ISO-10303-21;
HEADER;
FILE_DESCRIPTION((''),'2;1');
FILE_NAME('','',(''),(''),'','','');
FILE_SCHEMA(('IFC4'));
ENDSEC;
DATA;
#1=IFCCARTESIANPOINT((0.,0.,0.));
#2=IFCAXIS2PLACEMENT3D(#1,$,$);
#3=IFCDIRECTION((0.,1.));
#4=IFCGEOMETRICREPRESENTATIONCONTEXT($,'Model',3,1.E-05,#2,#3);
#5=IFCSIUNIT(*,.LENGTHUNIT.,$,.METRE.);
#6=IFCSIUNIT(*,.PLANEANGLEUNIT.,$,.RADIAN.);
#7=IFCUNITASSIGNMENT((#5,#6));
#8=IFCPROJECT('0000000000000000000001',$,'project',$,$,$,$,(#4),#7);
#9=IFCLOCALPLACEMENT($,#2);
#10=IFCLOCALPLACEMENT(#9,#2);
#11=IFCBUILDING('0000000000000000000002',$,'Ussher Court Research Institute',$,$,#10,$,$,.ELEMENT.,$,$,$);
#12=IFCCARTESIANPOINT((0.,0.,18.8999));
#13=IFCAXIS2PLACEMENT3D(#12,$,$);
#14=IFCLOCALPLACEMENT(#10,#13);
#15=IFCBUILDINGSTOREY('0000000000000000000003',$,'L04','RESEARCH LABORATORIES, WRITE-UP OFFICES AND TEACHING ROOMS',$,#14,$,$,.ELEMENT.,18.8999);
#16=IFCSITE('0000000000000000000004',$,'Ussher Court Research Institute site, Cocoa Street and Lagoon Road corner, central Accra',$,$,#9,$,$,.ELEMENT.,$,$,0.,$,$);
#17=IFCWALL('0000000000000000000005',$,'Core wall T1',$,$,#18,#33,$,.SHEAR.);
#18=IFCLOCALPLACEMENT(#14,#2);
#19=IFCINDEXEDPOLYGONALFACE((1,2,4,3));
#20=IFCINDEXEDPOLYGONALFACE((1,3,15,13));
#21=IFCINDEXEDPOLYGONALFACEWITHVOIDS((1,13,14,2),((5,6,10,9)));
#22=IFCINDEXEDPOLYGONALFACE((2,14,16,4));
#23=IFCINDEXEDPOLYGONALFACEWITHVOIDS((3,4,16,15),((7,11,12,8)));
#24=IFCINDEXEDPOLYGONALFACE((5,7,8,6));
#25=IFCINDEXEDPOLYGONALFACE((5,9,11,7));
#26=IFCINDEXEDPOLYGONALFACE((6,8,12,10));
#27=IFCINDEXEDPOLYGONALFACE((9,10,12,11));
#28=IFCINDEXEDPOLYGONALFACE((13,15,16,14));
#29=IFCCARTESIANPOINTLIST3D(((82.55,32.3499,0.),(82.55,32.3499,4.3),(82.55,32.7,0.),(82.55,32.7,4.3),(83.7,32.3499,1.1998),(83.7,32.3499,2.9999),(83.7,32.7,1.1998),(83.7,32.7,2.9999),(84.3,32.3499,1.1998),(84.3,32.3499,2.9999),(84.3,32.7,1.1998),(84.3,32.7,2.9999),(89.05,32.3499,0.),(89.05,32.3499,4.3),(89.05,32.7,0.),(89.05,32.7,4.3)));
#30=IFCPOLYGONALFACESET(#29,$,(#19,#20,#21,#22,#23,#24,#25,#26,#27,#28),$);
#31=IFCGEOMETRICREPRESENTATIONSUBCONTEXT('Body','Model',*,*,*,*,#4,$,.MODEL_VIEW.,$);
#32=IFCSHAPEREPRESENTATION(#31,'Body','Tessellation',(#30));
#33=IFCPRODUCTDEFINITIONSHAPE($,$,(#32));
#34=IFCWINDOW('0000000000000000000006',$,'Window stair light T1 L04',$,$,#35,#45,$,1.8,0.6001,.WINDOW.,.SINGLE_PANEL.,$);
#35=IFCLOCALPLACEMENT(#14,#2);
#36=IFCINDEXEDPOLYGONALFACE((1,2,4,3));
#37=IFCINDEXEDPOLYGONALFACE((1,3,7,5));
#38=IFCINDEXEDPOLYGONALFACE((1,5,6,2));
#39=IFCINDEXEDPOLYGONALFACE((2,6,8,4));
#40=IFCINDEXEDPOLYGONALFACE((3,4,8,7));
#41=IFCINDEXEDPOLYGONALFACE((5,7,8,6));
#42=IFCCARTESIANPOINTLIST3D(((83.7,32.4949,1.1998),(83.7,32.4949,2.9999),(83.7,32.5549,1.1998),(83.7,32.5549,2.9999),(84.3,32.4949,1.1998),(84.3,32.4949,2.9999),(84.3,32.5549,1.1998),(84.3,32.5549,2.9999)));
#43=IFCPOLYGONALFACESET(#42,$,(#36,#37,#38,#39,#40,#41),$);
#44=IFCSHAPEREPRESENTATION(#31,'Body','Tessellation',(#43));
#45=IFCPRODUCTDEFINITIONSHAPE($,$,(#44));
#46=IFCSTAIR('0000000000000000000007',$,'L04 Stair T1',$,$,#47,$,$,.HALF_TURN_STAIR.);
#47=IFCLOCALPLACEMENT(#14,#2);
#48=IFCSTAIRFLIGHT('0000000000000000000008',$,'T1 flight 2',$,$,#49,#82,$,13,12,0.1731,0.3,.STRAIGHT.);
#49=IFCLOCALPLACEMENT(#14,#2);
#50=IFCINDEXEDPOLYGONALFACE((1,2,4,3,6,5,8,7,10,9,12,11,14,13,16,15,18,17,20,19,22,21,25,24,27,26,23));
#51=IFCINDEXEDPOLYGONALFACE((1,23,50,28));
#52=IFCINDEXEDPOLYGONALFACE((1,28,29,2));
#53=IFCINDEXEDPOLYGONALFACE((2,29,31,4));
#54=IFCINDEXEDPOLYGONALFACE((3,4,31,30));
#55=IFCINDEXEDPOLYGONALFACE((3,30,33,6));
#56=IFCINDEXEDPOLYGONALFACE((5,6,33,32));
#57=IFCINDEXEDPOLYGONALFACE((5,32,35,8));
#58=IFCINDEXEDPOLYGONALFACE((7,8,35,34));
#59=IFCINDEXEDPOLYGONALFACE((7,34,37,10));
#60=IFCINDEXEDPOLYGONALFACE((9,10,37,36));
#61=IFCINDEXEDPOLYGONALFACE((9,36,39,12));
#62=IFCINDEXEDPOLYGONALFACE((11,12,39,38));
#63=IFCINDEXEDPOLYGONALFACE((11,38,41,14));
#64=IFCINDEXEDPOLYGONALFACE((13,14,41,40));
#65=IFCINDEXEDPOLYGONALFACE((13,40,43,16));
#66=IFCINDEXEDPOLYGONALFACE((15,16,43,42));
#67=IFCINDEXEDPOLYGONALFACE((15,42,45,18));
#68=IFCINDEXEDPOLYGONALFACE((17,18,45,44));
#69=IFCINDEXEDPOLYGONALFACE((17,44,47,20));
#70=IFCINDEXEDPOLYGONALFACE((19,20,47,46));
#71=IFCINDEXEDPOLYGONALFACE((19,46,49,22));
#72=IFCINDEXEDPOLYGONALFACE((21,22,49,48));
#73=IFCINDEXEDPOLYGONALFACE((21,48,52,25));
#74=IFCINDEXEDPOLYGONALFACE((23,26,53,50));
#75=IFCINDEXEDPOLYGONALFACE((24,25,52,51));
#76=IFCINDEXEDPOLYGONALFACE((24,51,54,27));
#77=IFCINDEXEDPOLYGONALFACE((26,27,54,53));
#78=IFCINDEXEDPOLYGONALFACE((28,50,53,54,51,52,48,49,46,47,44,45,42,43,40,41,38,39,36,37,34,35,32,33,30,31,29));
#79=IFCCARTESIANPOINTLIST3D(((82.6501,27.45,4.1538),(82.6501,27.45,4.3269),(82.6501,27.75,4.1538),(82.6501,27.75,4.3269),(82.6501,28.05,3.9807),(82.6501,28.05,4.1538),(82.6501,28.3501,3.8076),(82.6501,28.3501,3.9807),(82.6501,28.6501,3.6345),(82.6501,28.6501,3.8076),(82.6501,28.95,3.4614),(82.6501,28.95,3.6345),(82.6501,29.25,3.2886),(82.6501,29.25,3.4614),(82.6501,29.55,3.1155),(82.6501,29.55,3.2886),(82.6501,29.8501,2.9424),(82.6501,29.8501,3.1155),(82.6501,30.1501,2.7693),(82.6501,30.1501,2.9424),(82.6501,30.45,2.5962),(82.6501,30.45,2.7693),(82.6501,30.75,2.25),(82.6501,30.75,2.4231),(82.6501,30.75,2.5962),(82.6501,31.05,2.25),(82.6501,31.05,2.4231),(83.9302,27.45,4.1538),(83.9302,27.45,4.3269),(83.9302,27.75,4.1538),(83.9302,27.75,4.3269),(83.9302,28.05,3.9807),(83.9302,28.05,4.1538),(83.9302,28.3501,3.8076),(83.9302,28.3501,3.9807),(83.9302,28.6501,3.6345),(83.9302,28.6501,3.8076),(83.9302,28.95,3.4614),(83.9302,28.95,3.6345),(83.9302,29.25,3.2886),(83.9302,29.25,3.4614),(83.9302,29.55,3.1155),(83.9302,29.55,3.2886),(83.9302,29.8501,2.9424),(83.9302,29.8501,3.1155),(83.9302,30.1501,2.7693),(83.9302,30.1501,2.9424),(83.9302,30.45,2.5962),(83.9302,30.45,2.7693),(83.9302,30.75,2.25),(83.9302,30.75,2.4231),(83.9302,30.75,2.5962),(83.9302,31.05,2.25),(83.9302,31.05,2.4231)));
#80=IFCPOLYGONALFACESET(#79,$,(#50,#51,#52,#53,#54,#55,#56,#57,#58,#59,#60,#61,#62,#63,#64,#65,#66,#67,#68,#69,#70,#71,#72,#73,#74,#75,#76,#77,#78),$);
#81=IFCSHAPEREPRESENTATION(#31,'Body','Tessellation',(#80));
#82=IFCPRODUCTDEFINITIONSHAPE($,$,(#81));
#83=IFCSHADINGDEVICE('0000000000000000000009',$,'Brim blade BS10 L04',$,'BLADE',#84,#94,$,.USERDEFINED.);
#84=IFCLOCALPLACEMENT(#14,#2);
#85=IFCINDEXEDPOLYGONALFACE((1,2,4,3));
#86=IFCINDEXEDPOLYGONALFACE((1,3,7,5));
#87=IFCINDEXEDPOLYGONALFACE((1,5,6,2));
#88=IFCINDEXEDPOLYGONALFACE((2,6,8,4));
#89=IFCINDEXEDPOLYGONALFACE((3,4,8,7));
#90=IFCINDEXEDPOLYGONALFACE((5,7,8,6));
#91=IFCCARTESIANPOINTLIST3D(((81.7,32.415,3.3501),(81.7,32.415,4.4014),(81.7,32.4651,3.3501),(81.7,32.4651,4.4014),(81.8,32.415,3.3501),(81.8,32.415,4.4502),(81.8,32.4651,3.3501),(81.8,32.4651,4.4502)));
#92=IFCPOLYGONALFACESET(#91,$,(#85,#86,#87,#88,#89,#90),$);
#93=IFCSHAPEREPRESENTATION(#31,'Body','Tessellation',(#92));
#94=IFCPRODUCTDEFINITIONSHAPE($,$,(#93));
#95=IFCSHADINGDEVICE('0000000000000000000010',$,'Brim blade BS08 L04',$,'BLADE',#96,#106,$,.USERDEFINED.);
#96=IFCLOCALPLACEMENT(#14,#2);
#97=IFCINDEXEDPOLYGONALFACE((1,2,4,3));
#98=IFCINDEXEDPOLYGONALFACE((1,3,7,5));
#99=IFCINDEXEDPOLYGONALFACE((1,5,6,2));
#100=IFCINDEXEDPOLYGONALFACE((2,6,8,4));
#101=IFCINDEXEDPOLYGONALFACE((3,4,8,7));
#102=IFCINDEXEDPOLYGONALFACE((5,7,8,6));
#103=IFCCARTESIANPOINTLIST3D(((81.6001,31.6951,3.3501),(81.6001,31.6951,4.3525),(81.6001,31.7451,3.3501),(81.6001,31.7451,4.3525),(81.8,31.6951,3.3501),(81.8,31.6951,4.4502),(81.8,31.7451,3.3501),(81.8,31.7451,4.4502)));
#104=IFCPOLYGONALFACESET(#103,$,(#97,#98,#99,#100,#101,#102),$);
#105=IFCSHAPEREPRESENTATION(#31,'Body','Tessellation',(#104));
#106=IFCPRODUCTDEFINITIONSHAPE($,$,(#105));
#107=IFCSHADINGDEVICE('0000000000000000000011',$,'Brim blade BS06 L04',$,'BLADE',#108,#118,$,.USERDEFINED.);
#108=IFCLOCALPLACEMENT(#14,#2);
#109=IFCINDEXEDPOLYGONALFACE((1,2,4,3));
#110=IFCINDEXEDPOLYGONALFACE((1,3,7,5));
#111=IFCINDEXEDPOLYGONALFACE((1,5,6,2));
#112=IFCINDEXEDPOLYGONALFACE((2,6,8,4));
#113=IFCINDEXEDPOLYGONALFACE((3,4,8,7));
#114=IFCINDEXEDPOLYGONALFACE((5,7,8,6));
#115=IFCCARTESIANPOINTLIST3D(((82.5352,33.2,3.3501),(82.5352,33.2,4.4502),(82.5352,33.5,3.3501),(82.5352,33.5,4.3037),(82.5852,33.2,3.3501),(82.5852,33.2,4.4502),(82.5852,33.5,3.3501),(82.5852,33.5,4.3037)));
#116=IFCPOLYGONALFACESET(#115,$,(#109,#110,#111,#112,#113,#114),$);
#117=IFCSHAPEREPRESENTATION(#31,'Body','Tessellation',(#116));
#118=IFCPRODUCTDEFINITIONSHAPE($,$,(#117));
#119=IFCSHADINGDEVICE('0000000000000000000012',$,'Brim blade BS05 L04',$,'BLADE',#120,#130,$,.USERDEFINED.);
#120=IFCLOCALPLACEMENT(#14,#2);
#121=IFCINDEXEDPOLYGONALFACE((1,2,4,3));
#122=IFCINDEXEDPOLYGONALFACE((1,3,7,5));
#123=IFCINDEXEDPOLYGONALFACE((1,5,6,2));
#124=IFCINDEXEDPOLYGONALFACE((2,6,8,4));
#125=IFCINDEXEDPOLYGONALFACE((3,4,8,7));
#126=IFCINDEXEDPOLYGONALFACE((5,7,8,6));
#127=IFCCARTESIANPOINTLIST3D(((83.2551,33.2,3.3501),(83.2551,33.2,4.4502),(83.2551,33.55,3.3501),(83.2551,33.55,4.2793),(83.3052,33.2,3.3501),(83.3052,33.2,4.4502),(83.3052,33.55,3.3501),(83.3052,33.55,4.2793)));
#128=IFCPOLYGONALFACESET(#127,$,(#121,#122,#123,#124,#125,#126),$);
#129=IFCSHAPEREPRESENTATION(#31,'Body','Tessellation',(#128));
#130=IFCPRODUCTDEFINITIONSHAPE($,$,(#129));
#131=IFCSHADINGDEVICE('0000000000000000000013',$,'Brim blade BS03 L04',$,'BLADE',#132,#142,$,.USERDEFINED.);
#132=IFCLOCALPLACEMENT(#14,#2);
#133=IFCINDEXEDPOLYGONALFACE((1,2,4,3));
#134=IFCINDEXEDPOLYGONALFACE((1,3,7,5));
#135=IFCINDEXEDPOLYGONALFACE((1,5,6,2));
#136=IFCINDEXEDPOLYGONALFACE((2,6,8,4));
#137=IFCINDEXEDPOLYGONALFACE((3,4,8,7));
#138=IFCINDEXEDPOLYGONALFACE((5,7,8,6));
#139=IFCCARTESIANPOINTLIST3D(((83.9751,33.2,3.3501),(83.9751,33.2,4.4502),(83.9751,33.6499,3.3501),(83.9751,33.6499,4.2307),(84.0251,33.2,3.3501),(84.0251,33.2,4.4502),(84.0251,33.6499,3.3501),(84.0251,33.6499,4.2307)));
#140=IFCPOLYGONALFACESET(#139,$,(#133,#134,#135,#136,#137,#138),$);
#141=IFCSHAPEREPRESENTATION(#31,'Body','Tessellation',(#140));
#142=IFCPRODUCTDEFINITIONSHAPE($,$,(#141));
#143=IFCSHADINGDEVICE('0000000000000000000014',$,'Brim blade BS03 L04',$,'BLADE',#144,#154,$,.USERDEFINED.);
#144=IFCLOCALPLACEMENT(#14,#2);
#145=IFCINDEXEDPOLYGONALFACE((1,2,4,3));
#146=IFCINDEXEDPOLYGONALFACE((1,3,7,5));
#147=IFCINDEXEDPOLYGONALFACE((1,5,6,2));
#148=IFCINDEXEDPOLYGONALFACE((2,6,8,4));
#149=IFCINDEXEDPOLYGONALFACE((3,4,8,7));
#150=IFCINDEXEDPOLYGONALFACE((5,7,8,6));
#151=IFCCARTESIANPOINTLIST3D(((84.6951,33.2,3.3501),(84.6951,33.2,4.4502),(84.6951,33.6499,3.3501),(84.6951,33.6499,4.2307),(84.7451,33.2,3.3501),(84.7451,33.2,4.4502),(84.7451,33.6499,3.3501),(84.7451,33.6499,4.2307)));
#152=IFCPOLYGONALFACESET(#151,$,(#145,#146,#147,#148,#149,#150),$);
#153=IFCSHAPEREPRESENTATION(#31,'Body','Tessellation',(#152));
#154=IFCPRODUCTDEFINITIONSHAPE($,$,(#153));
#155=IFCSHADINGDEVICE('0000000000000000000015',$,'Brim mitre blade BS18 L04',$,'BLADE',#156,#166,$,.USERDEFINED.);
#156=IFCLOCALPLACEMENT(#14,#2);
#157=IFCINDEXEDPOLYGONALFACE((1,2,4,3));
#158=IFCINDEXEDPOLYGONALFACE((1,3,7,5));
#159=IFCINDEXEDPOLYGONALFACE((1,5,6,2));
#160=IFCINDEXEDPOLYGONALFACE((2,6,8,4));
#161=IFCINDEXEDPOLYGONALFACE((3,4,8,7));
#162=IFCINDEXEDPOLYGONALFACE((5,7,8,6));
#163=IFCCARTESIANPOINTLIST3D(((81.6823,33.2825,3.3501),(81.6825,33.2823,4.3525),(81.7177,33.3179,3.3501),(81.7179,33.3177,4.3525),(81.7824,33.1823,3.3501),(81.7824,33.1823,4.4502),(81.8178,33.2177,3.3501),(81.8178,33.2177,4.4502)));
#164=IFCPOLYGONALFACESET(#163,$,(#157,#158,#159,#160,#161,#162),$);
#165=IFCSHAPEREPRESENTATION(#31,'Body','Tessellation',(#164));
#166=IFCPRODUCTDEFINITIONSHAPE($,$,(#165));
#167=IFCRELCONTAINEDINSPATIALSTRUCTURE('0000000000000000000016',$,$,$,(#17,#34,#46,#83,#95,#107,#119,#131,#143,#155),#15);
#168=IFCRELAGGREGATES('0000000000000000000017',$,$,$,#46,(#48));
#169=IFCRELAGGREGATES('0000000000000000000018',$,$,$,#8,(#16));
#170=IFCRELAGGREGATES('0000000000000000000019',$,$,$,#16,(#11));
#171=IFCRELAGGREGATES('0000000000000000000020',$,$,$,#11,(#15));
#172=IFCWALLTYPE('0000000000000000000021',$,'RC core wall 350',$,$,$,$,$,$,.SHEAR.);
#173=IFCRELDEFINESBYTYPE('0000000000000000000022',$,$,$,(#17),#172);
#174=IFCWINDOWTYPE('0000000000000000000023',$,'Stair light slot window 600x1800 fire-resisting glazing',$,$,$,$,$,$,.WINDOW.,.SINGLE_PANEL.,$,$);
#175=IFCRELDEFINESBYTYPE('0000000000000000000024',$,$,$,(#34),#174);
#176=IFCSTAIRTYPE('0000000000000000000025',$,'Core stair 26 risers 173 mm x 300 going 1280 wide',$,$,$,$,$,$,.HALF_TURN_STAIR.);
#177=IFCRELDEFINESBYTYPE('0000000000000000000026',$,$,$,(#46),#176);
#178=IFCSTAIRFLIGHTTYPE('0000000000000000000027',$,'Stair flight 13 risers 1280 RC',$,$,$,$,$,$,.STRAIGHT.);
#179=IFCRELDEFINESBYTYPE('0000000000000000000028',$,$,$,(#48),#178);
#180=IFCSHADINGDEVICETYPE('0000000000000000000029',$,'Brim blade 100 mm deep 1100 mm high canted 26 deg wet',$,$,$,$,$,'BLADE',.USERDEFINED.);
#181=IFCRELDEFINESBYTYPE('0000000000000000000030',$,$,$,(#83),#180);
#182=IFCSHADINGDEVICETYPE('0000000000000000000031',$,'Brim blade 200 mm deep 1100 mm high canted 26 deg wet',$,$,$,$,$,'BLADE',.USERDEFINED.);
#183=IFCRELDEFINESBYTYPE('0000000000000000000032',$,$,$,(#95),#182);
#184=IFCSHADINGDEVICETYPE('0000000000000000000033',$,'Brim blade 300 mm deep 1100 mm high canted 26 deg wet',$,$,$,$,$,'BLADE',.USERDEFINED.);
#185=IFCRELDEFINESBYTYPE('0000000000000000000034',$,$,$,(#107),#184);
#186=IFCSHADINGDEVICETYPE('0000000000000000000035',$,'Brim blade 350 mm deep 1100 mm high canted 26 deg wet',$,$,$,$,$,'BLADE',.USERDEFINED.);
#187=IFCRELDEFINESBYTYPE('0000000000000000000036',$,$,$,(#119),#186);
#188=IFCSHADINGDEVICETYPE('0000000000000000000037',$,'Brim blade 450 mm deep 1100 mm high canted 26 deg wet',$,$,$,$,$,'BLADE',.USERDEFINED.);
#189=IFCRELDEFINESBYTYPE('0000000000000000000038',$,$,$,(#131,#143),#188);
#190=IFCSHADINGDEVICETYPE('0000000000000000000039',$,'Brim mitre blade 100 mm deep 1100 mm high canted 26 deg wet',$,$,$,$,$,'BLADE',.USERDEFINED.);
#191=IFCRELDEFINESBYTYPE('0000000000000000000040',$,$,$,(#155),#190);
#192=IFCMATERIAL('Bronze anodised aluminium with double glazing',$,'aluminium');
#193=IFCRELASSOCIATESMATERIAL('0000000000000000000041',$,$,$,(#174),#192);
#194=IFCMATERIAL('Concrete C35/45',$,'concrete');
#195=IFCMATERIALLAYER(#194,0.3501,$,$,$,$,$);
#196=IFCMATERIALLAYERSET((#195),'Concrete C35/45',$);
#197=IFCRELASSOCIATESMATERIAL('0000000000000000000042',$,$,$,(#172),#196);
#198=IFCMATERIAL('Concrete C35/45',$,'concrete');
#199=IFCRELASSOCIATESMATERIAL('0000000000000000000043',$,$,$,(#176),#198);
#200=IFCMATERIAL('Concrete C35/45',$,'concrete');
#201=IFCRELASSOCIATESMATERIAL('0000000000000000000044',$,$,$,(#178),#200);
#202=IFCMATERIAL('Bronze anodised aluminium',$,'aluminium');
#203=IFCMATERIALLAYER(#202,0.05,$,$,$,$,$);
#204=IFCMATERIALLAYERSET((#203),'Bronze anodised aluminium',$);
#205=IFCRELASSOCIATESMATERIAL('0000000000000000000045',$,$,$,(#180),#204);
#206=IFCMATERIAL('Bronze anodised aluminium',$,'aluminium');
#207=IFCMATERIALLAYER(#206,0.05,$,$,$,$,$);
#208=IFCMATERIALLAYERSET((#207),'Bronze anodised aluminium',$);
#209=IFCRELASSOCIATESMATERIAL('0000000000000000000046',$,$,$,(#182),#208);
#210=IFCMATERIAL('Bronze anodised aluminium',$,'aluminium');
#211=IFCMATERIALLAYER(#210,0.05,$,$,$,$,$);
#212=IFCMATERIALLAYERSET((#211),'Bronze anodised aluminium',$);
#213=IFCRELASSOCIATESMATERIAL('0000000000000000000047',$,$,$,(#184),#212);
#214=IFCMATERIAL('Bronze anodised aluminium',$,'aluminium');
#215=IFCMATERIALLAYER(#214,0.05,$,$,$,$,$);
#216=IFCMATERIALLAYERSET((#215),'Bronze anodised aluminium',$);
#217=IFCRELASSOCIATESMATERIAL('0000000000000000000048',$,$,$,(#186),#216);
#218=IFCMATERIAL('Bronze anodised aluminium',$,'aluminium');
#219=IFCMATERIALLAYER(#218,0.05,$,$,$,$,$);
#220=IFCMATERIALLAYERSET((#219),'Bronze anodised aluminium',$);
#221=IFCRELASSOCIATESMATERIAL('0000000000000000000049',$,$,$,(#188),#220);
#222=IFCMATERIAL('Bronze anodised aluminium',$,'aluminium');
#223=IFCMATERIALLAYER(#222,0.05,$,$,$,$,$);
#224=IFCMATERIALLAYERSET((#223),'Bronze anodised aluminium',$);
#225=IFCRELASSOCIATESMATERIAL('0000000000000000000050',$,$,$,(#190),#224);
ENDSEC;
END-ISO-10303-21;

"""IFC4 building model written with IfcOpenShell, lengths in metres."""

from ifc_helpers import new_model, si_unit, direction, frame, frame_2d, origin, place, context, subcontext, project, spatial, polyline, rectangle, outline, extrude, material, layer, layer_set, type_object, element, fill, aggregate, save


model = new_model("IFC4")

# Units and contexts
model_context = context("Model", 3, precision=1e-05, world=origin(), true_north=direction((0.0, 1.0)))
body_context = subcontext(model_context, "Body", "Model", "MODEL_VIEW")
ifc_project = project(units=[si_unit("LENGTHUNIT", "METRE"), si_unit("PLANEANGLEUNIT", "RADIAN")], contexts=[model_context])

# Site, building, storey
site_placement = place(None, origin())
site = spatial("IfcSite", under=ifc_project, at=site_placement, Name="Ussher Court Research Institute site, Cocoa Street and Lagoon Road corner, central Accra", CompositionType="ELEMENT", RefElevation=0.0)
building_placement = place(site_placement, origin())
building = spatial("IfcBuilding", under=site, at=building_placement, Name="Ussher Court Research Institute", CompositionType="ELEMENT")
storey_placement = place(building_placement, frame((0.0, 0.0, 18.8999)))
storey = spatial("IfcBuildingStorey", under=building, at=storey_placement, Name="L04", Description="RESEARCH LABORATORIES, WRITE-UP OFFICES AND TEACHING ROOMS", CompositionType="ELEMENT", Elevation=18.8999)

# Wall, opening, window
ifc_material_1 = material(Name="Bronze anodised aluminium with double glazing", Category="aluminium")
window_type = type_object("IfcWindowType", Name="Stair light slot window 600x1800 fire-resisting glazing", PartitioningType="SINGLE_PANEL", PredefinedType="WINDOW", material=ifc_material_1)
ifc_material_2 = material(Name="Concrete C35/45", Category="concrete")
ifc_layer_1 = layer(ifc_material_2, 0.3501)
ifc_layer_set_1 = layer_set([ifc_layer_1], Name="Concrete C35/45")
wall_type_1 = type_object("IfcWallType", Name="RC core wall 350", PredefinedType="SHEAR", material=ifc_layer_set_1)
wall_1_placement = place(storey_placement, frame((82.55, 32.5249, 0.0), z_axis=(0.0, 0.0, 1.0), x_axis=(1.0, 0.0, 0.0)))
wall_1 = element("IfcWall", 1, at=wall_1_placement, inside=storey, type_object=wall_type_1, Name="Core wall T1", PredefinedType="SHEAR", context=body_context, shape_type="SweptSolid", body=[
    extrude(rectangle(XDim=6.5, YDim=0.3501, at=frame_2d((3.25, 0.0))), origin(), (0.0, 0.0, 1.0), 4.3),
])
opening_1_placement = place(wall_1_placement, frame((1.1499, 0.0, 1.2)))
opening_1 = element("IfcOpeningElement", 2, at=opening_1_placement, cuts=wall_1, PredefinedType="OPENING", context=body_context, shape_type="SweptSolid", body=[
    extrude(rectangle(XDim=0.6001, YDim=1.8, at=frame_2d((0.3, 0.8999))), frame((0.0, 0.1851, 0.0), z_axis=(0.0, -1.0, 0.0), x_axis=(1.0, 0.0, 0.0)), (0.0, 0.0, 1.0), 0.3701),
])
window_1_placement = place(opening_1_placement, origin())
window_1 = element("IfcWindow", 3, at=window_1_placement, inside=storey, type_object=window_type, Name="Window stair light T1 L04", OverallHeight=1.8, OverallWidth=0.6001, PartitioningType="SINGLE_PANEL", PredefinedType="WINDOW", context=body_context, shape_type="SweptSolid", body=[
    extrude(rectangle(XDim=0.6001, YDim=1.8, at=frame_2d((0.3, 0.8999))), frame((0.0, 0.03, 0.0), z_axis=(0.0, -1.0, 0.0), x_axis=(1.0, 0.0, 0.0)), (0.0, 0.0, 1.0), 0.0601),
])
fill(opening_1, window_1)

# Stair, stair flight
ifc_material_3 = material(Name="Concrete C35/45", Category="concrete")
stair_type = type_object("IfcStairType", Name="Core stair 26 risers 173 mm x 300 going 1280 wide", PredefinedType="HALF_TURN_STAIR", material=ifc_material_3)
stair_placement = place(storey_placement, origin())
stair = element("IfcStair", 4, at=stair_placement, inside=storey, type_object=stair_type, Name="L04 Stair T1", PredefinedType="HALF_TURN_STAIR")
ifc_material_4 = material(Name="Concrete C35/45", Category="concrete")
stair_flight_type = type_object("IfcStairFlightType", Name="Stair flight 13 risers 1280 RC", PredefinedType="STRAIGHT", material=ifc_material_4)
stair_flight_placement = place(storey_placement, frame((83.29, 31.05, 2.25), z_axis=(0.0, 0.0, 1.0), x_axis=(0.0, -1.0, 0.0)))
stair_flight = element("IfcStairFlight", 5, at=stair_flight_placement, type_object=stair_flight_type, Name="T1 flight 2", NumberOfRisers=13, NumberOfTreads=12, PredefinedType="STRAIGHT", RiserHeight=0.1731, TreadLength=0.3, context=body_context, shape_type="SweptSolid", body=[
    extrude(outline(polyline([(0.0, 0.0), (0.0, 0.1731), (0.3, 0.1731), (0.3, 0.3462), (0.6001, 0.3462), (0.6001, 0.5193), (0.8999, 0.5193), (0.8999, 0.6924), (1.2, 0.6924), (1.2, 0.8655), (1.5, 0.8655), (1.5, 1.0386), (1.8, 1.0386), (1.8, 1.2114), (2.1001, 1.2114), (2.1001, 1.3845), (2.3999, 1.3845), (2.3999, 1.5576), (2.7, 1.5576), (2.7, 1.7307), (3.0, 1.7307), (3.0, 1.9038), (3.3, 1.9038), (3.3, 2.0769), (3.6001, 2.0769), (3.6001, 2.25), (3.6001, 1.9038), (0.3, 0.0), (0.0, 0.0)])), frame((0.0, 0.6401, 0.0), z_axis=(0.0, -1.0, 0.0), x_axis=(1.0, 0.0, 0.0)), (0.0, 0.0, 1.0), 1.28),
])
aggregate(stair, [stair_flight])

# Shading devices
ifc_material_5 = material(Name="Bronze anodised aluminium", Category="aluminium")
ifc_layer_2 = layer(ifc_material_5, 0.05)
ifc_layer_set_2 = layer_set([ifc_layer_2], Name="Bronze anodised aluminium")
shading_device_type_1 = type_object("IfcShadingDeviceType", Name="Brim blade 100 mm deep 1100 mm high canted 26 deg wet", ElementType="BLADE", PredefinedType="USERDEFINED", material=ifc_layer_set_2)
shading_device_1_placement = place(storey_placement, frame((81.8, 32.4399, 3.3501), z_axis=(0.0, 0.0, 1.0), x_axis=(-1.0, 0.0, 0.0)))
element("IfcShadingDevice", 6, at=shading_device_1_placement, inside=storey, type_object=shading_device_type_1, Name="Brim blade BS10 L04", ObjectType="BLADE", PredefinedType="USERDEFINED", context=body_context, shape_type="SweptSolid", body=[
    extrude(outline(polyline([(0.0, 0.0), (0.1001, 0.0), (0.1001, 1.0513), (0.0, 1.1001), (0.0, 0.0)])), frame((0.0, 0.0249, 0.0), z_axis=(0.0, -1.0, 0.0), x_axis=(1.0, 0.0, 0.0)), (0.0, 0.0, 1.0), 0.05),
])
ifc_material_6 = material(Name="Bronze anodised aluminium", Category="aluminium")
ifc_layer_3 = layer(ifc_material_6, 0.05)
ifc_layer_set_3 = layer_set([ifc_layer_3], Name="Bronze anodised aluminium")
shading_device_type_2 = type_object("IfcShadingDeviceType", Name="Brim blade 200 mm deep 1100 mm high canted 26 deg wet", ElementType="BLADE", PredefinedType="USERDEFINED", material=ifc_layer_set_3)
shading_device_2_placement = place(storey_placement, frame((81.8, 31.72, 3.3501), z_axis=(0.0, 0.0, 1.0), x_axis=(-1.0, 0.0, 0.0)))
element("IfcShadingDevice", 7, at=shading_device_2_placement, inside=storey, type_object=shading_device_type_2, Name="Brim blade BS08 L04", ObjectType="BLADE", PredefinedType="USERDEFINED", context=body_context, shape_type="SweptSolid", body=[
    extrude(outline(polyline([(0.0, 0.0), (0.2, 0.0), (0.2, 1.0024), (0.0, 1.1001), (0.0, 0.0)])), frame((0.0, 0.0249, 0.0), z_axis=(0.0, -1.0, 0.0), x_axis=(1.0, 0.0, 0.0)), (0.0, 0.0, 1.0), 0.05),
])
ifc_material_7 = material(Name="Bronze anodised aluminium", Category="aluminium")
ifc_layer_4 = layer(ifc_material_7, 0.05)
ifc_layer_set_4 = layer_set([ifc_layer_4], Name="Bronze anodised aluminium")
shading_device_type_3 = type_object("IfcShadingDeviceType", Name="Brim blade 300 mm deep 1100 mm high canted 26 deg wet", ElementType="BLADE", PredefinedType="USERDEFINED", material=ifc_layer_set_4)
shading_device_3_placement = place(storey_placement, frame((82.5601, 33.2, 3.3501), z_axis=(0.0, 0.0, 1.0), x_axis=(0.0, 1.0, 0.0)))
element("IfcShadingDevice", 8, at=shading_device_3_placement, inside=storey, type_object=shading_device_type_3, Name="Brim blade BS06 L04", ObjectType="BLADE", PredefinedType="USERDEFINED", context=body_context, shape_type="SweptSolid", body=[
    extrude(outline(polyline([(0.0, 0.0), (0.3, 0.0), (0.3, 0.9536), (0.0, 1.1001), (0.0, 0.0)])), frame((0.0, 0.0249, 0.0), z_axis=(0.0, -1.0, 0.0), x_axis=(1.0, 0.0, 0.0)), (0.0, 0.0, 1.0), 0.05),
])
ifc_material_8 = material(Name="Bronze anodised aluminium", Category="aluminium")
ifc_layer_5 = layer(ifc_material_8, 0.05)
ifc_layer_set_5 = layer_set([ifc_layer_5], Name="Bronze anodised aluminium")
shading_device_type_4 = type_object("IfcShadingDeviceType", Name="Brim blade 350 mm deep 1100 mm high canted 26 deg wet", ElementType="BLADE", PredefinedType="USERDEFINED", material=ifc_layer_set_5)
shading_device_4_placement = place(storey_placement, frame((83.28, 33.2, 3.3501), z_axis=(0.0, 0.0, 1.0), x_axis=(0.0, 1.0, 0.0)))
element("IfcShadingDevice", 9, at=shading_device_4_placement, inside=storey, type_object=shading_device_type_4, Name="Brim blade BS05 L04", ObjectType="BLADE", PredefinedType="USERDEFINED", context=body_context, shape_type="SweptSolid", body=[
    extrude(outline(polyline([(0.0, 0.0), (0.3501, 0.0), (0.3501, 0.9292), (0.0, 1.1001), (0.0, 0.0)])), frame((0.0, 0.0249, 0.0), z_axis=(0.0, -1.0, 0.0), x_axis=(1.0, 0.0, 0.0)), (0.0, 0.0, 1.0), 0.05),
])
ifc_material_9 = material(Name="Bronze anodised aluminium", Category="aluminium")
ifc_layer_6 = layer(ifc_material_9, 0.05)
ifc_layer_set_6 = layer_set([ifc_layer_6], Name="Bronze anodised aluminium")
shading_device_type_5 = type_object("IfcShadingDeviceType", Name="Brim blade 450 mm deep 1100 mm high canted 26 deg wet", ElementType="BLADE", PredefinedType="USERDEFINED", material=ifc_layer_set_6)
for number, where, z_axis, x_axis, name in (
    (10, (84.0, 33.2, 3.3501), (0.0, 0.0, 1.0), (0.0, 1.0, 0.0), "Brim blade BS03 L04"),
    (11, (84.72, 33.2, 3.3501), (0.0, 0.0, 1.0), (0.0, 1.0, 0.0), "Brim blade BS03 L04"),
):
    element("IfcShadingDevice", number, at=place(storey_placement, frame(where, z_axis=z_axis, x_axis=x_axis)), inside=storey, type_object=shading_device_type_5, Name=name, ObjectType="BLADE", PredefinedType="USERDEFINED", context=body_context, shape_type="SweptSolid", body=[
        extrude(outline(polyline([(0.0, 0.0), (0.45, 0.0), (0.45, 0.8806), (0.0, 1.1001), (0.0, 0.0)])), frame((0.0, 0.0249, 0.0), z_axis=(0.0, -1.0, 0.0), x_axis=(1.0, 0.0, 0.0)), (0.0, 0.0, 1.0), 0.05),
    ])
ifc_material_10 = material(Name="Bronze anodised aluminium", Category="aluminium")
ifc_layer_7 = layer(ifc_material_10, 0.05)
ifc_layer_set_7 = layer_set([ifc_layer_7], Name="Bronze anodised aluminium")
shading_device_type_6 = type_object("IfcShadingDeviceType", Name="Brim mitre blade 100 mm deep 1100 mm high canted 26 deg wet", ElementType="BLADE", PredefinedType="USERDEFINED", material=ifc_layer_set_7)
shading_device_5_placement = place(storey_placement, frame((81.8, 33.2, 3.3501), z_axis=(0.0, 0.0, 1.0), x_axis=(-0.707107, 0.707107, 0.0)))
element("IfcShadingDevice", 12, at=shading_device_5_placement, inside=storey, type_object=shading_device_type_6, Name="Brim mitre blade BS18 L04", ObjectType="BLADE", PredefinedType="USERDEFINED", context=body_context, shape_type="SweptSolid", body=[
    extrude(outline(polyline([(0.0, 0.0), (0.1416, 0.0), (0.1414, 1.0024), (0.0, 1.1001), (0.0, 0.0)])), frame((0.0, 0.0249, 0.0), z_axis=(0.0, -1.0, 0.0), x_axis=(1.0, 0.0, 0.0)), (0.0, 0.0, 1.0), 0.05),
])

save(model, "model.ifc")
